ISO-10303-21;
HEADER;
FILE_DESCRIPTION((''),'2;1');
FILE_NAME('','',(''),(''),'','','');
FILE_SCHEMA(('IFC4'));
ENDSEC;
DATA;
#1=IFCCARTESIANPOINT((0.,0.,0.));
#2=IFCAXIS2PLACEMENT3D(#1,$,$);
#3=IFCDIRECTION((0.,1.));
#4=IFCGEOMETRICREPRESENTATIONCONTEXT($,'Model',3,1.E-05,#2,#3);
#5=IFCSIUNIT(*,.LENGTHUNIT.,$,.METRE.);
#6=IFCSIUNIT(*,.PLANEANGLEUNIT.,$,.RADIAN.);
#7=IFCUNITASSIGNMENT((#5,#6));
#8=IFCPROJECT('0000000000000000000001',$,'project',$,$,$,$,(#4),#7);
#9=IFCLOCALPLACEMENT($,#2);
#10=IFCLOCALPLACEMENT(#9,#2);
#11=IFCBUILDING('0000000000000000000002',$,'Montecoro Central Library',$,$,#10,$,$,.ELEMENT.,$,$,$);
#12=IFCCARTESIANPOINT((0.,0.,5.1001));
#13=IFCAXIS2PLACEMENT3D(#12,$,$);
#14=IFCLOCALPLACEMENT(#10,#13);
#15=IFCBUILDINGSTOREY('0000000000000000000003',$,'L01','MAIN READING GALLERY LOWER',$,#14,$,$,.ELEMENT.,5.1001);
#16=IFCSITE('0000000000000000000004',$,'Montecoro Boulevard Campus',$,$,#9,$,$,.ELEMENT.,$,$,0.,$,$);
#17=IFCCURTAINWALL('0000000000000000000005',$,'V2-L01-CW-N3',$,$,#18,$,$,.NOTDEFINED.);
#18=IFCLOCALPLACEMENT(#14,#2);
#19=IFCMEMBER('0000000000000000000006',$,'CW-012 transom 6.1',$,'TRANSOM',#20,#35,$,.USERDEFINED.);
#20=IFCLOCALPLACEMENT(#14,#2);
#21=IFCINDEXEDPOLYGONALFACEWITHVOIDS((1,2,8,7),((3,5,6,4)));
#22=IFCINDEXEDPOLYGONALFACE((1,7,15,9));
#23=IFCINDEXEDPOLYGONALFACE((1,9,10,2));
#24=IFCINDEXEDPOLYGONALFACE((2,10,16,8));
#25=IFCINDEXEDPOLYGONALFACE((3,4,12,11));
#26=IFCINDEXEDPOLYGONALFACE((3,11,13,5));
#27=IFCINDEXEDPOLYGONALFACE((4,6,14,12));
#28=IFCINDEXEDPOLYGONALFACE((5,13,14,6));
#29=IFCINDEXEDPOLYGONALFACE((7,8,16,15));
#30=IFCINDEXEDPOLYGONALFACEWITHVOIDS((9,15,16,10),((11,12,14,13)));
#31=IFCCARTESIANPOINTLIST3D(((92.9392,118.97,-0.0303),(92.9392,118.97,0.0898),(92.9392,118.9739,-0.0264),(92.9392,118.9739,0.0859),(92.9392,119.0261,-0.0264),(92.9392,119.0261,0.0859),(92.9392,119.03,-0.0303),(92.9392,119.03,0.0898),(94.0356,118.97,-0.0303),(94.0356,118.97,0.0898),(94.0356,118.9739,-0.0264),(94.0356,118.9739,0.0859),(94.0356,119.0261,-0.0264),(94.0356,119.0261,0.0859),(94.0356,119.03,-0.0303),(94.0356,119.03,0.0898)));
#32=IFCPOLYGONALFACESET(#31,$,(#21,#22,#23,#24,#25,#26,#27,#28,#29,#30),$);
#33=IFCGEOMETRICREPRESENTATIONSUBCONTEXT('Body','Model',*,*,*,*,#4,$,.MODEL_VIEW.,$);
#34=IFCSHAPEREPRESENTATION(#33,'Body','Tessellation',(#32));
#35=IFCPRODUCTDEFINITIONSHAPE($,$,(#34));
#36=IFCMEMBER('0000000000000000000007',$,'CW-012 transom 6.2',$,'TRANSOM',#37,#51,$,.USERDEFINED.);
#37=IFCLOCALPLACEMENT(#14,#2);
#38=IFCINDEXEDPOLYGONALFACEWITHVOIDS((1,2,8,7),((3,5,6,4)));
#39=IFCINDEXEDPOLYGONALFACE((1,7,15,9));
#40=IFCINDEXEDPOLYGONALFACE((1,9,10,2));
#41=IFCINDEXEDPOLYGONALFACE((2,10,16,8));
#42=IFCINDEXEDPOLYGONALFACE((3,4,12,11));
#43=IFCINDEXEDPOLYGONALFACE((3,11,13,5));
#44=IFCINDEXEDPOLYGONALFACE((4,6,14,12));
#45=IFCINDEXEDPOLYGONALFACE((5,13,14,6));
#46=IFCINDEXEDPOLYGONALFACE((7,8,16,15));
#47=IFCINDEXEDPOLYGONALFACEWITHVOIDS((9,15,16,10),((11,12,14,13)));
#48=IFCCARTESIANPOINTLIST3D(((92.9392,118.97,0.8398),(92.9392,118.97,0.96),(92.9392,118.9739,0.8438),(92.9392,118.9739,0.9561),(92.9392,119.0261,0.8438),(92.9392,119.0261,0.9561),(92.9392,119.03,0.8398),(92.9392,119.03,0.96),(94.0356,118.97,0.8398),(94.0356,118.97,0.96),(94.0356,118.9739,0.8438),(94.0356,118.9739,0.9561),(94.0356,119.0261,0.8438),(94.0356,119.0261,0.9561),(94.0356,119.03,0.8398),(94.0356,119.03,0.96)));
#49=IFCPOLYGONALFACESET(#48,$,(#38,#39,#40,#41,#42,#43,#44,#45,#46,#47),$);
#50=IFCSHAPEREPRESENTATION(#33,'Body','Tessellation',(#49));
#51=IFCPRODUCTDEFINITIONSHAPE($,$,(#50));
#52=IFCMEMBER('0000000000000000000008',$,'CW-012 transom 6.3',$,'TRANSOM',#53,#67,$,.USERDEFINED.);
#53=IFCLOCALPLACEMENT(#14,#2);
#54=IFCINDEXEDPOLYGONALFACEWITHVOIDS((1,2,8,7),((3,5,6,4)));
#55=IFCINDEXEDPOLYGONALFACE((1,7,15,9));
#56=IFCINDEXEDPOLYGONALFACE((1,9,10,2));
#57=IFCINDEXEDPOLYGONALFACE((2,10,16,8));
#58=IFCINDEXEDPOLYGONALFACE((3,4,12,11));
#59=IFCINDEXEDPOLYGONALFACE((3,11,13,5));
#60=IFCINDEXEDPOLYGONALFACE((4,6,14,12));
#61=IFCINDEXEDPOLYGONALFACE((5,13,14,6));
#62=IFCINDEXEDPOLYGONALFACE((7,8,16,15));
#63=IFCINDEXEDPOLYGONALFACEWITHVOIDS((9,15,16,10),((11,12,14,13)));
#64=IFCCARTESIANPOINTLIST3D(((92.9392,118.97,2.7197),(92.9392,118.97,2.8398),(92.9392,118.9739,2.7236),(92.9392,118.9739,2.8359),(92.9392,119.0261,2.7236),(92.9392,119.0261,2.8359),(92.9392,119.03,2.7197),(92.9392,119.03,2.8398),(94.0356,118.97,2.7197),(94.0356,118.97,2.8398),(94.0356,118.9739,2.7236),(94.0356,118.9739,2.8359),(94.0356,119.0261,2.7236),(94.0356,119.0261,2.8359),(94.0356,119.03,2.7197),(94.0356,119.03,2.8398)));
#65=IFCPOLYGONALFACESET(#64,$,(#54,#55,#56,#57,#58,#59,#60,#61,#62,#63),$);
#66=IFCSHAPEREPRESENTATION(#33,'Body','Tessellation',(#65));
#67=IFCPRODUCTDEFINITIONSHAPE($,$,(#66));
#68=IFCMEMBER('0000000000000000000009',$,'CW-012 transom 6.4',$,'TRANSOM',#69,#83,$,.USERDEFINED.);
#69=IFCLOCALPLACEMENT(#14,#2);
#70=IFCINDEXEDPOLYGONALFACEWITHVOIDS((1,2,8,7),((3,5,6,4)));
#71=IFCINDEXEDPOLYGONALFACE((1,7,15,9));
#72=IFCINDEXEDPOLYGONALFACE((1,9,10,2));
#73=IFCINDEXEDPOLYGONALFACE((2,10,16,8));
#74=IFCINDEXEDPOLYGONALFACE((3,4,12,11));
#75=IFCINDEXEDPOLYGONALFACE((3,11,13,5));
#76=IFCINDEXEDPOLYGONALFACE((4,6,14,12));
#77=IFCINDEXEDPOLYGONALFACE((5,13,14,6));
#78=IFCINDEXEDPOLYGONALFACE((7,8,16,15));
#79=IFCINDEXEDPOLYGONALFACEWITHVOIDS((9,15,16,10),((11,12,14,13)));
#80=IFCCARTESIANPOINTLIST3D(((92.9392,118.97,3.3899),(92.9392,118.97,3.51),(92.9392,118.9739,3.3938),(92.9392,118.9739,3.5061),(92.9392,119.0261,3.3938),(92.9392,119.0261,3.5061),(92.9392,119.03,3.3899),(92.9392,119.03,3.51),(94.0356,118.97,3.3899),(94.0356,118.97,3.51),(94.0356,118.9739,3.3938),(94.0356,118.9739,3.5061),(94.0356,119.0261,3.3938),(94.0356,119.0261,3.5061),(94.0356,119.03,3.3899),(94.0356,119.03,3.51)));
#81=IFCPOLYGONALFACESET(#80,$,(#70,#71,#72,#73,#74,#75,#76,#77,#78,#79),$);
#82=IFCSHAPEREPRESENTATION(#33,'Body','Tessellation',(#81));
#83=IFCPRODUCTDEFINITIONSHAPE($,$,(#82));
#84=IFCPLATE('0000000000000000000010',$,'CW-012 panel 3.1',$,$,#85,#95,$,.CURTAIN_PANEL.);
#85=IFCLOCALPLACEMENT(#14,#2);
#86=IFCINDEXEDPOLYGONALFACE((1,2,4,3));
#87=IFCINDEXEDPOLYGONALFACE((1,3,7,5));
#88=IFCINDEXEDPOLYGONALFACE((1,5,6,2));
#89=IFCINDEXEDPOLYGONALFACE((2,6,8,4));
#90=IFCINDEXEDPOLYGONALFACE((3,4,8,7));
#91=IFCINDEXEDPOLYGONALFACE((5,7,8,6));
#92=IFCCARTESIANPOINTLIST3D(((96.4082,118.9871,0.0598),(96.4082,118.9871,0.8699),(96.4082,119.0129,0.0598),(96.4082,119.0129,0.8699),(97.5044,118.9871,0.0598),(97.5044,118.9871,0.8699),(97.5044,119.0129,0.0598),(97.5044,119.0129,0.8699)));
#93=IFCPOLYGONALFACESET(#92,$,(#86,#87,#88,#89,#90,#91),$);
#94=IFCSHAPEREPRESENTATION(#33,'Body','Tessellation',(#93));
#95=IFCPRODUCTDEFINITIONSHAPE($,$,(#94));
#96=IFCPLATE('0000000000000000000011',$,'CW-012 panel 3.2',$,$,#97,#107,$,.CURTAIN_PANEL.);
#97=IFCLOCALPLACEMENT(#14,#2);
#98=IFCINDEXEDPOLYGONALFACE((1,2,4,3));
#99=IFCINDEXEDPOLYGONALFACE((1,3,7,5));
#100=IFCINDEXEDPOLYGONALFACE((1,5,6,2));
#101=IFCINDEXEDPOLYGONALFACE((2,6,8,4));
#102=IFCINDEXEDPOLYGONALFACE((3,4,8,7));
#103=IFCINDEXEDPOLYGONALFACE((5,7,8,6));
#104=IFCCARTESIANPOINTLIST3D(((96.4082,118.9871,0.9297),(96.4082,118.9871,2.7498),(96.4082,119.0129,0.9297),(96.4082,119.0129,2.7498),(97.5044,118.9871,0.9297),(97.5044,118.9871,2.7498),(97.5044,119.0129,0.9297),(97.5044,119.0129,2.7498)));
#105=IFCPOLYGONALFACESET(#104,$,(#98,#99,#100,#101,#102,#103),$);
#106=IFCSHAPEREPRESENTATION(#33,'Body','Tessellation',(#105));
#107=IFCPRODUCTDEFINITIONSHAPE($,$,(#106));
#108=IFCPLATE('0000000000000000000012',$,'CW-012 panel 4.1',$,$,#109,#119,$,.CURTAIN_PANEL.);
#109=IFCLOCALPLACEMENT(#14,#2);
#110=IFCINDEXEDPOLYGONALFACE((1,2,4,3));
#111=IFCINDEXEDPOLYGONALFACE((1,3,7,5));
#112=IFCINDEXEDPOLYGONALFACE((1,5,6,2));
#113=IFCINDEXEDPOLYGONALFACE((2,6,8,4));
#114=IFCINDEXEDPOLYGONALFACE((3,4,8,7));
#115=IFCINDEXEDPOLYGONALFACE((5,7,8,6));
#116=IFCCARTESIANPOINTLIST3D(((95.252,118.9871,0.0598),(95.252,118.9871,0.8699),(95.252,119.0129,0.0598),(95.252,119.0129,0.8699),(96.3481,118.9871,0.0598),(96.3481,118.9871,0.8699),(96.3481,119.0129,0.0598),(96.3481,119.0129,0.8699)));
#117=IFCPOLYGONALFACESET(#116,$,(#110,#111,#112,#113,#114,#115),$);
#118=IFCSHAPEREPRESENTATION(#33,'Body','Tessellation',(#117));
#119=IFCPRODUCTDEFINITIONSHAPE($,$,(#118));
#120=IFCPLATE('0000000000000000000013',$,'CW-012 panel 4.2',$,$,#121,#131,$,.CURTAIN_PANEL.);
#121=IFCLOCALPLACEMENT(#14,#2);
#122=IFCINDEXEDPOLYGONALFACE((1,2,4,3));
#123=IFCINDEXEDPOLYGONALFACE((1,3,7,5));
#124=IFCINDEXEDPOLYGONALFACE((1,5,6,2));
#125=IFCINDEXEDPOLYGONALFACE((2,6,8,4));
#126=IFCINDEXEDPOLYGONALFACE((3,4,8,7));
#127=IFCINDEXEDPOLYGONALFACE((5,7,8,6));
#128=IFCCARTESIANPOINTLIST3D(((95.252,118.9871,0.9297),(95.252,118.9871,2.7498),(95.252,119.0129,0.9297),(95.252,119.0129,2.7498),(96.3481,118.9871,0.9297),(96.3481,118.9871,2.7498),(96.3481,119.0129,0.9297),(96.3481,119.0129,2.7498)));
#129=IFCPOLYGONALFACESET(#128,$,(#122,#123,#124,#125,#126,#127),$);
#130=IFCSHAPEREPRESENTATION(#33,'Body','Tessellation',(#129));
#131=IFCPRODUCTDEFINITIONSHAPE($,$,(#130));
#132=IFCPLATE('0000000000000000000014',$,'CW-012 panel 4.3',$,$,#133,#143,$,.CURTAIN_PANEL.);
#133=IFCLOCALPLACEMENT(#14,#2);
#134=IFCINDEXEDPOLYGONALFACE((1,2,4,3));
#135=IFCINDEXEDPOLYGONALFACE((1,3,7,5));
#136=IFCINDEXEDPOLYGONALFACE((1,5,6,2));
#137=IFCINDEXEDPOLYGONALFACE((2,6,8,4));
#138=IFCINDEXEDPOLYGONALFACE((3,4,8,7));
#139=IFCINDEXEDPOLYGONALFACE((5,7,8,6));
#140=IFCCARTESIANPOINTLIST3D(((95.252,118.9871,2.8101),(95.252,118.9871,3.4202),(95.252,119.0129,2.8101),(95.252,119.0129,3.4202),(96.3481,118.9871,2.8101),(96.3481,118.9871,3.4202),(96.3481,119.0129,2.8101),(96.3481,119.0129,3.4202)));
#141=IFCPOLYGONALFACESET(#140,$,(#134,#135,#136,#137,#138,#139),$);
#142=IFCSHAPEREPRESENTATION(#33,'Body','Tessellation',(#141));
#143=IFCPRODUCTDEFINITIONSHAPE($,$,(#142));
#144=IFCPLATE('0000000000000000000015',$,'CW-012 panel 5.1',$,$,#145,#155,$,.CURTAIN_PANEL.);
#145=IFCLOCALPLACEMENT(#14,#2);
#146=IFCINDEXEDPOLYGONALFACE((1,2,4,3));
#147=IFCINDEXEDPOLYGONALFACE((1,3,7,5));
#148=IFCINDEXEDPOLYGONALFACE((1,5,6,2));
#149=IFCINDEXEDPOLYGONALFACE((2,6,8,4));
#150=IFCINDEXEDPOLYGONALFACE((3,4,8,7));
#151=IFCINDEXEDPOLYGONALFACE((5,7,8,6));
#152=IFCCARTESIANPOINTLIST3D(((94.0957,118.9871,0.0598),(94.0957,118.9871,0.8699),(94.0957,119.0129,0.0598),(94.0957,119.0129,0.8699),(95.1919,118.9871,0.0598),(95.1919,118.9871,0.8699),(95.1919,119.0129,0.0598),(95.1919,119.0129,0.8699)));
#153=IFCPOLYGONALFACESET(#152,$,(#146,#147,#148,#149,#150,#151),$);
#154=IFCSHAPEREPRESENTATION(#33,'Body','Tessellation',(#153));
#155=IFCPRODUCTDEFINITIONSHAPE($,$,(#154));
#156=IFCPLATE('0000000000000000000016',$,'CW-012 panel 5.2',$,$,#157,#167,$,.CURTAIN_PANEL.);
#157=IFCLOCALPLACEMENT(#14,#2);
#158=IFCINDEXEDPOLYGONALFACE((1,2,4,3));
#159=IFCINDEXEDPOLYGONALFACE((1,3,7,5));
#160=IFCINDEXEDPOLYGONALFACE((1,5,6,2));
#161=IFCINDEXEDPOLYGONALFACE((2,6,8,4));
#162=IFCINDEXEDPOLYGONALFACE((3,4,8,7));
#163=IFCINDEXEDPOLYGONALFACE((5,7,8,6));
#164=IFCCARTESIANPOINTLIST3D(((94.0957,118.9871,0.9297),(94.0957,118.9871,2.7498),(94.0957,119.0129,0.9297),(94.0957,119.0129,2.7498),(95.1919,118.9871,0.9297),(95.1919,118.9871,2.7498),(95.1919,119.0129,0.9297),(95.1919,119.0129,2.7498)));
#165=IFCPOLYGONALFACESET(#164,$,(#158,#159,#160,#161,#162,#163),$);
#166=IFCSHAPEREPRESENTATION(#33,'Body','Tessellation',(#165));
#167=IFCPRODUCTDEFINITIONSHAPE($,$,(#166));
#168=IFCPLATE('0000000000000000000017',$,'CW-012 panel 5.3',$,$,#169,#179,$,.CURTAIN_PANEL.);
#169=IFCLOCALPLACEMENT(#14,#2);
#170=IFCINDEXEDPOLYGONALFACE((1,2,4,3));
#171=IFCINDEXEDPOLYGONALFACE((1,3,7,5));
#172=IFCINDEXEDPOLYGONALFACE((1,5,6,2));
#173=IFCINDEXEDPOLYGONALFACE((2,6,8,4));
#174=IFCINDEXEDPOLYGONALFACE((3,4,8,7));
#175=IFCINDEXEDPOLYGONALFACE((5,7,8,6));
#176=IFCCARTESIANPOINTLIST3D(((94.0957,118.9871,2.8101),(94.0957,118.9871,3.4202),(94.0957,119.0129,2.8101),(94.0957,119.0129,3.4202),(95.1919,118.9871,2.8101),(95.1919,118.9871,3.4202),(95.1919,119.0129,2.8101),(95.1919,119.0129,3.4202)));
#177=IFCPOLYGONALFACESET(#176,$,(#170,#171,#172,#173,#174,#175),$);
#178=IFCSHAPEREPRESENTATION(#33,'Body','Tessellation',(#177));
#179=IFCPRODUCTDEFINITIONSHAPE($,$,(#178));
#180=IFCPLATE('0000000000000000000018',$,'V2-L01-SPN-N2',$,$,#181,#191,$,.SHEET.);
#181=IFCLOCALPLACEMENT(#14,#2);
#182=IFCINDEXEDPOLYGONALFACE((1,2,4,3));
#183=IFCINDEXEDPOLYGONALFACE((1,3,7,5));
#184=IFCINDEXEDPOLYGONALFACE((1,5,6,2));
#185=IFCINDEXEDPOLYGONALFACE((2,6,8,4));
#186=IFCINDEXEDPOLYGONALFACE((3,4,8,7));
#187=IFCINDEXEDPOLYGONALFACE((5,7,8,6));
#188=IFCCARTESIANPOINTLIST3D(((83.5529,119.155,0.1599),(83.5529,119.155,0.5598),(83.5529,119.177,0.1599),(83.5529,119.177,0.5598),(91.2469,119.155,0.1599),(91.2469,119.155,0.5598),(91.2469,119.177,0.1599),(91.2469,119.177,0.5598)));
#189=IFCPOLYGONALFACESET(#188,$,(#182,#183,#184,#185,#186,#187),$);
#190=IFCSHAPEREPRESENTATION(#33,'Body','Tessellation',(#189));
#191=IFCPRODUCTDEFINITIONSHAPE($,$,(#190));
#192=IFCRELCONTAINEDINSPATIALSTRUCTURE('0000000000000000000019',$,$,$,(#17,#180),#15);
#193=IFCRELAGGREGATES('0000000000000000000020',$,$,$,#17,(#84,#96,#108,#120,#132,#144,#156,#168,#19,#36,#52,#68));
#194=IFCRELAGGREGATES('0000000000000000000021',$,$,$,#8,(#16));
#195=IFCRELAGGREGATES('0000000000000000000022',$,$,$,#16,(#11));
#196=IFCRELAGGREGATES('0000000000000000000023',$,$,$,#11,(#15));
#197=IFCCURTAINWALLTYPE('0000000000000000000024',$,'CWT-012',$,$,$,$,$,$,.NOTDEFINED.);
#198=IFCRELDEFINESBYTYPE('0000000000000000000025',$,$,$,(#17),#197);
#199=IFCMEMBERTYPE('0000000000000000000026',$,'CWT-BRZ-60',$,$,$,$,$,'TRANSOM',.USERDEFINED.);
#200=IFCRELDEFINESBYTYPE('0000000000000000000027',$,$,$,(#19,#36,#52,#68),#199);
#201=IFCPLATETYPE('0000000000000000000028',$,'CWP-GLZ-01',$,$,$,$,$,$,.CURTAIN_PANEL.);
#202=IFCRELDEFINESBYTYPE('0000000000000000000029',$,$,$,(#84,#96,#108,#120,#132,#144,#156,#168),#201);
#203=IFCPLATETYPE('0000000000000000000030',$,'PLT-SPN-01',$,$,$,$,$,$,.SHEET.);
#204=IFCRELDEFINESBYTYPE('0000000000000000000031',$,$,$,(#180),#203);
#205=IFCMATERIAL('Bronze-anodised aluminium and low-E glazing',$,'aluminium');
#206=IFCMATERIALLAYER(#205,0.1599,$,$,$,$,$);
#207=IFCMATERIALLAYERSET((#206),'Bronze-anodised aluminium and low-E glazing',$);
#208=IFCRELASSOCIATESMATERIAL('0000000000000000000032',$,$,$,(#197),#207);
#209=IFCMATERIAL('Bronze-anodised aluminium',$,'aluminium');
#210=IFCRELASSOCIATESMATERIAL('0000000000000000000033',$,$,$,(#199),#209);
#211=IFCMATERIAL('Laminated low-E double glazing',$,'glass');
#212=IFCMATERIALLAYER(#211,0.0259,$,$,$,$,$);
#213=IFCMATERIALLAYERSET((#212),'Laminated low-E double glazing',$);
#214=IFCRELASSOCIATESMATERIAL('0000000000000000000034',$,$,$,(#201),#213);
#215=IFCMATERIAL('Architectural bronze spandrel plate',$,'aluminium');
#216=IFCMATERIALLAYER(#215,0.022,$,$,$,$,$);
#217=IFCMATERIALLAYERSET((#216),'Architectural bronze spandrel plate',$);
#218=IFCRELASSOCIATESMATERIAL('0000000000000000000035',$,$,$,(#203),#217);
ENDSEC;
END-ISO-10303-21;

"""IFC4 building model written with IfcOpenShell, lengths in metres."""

from ifc_helpers import new_model, si_unit, direction, frame, origin, origin_2d, place, context, subcontext, project, spatial, rectangle, hollow_rectangle, extrude, material, layer, layer_set, material_profile, profile_set, type_object, element, aggregate, save


model = new_model("IFC4")

# Units and contexts
model_context = context("Model", 3, precision=1e-05, world=origin(), true_north=direction((0.0, 1.0)))
body_context = subcontext(model_context, "Body", "Model", "MODEL_VIEW")
ifc_project = project(units=[si_unit("LENGTHUNIT", "METRE"), si_unit("PLANEANGLEUNIT", "RADIAN")], contexts=[model_context])

# Site, building, storey
site_placement = place(None, origin())
site = spatial("IfcSite", under=ifc_project, at=site_placement, Name="Montecoro Boulevard Campus", CompositionType="ELEMENT", RefElevation=0.0)
building_placement = place(site_placement, origin())
building = spatial("IfcBuilding", under=site, at=building_placement, Name="Montecoro Central Library", CompositionType="ELEMENT")
storey_placement = place(building_placement, frame((0.0, 0.0, 5.1001)))
storey = spatial("IfcBuildingStorey", under=building, at=storey_placement, Name="L01", Description="MAIN READING GALLERY LOWER", CompositionType="ELEMENT", Elevation=5.1001)

# Curtain wall, members, plates
ifc_material_1 = material(Name="Bronze-anodised aluminium and low-E glazing", Category="aluminium")
ifc_layer_1 = layer(ifc_material_1, 0.1599)
ifc_layer_set_1 = layer_set([ifc_layer_1], Name="Bronze-anodised aluminium and low-E glazing")
curtain_wall_type = type_object("IfcCurtainWallType", Name="CWT-012", PredefinedType="NOTDEFINED", material=ifc_layer_set_1)
curtain_wall_placement = place(storey_placement, origin())
curtain_wall = element("IfcCurtainWall", 1, at=curtain_wall_placement, inside=storey, type_object=curtain_wall_type, Name="V2-L01-CW-N3", PredefinedType="NOTDEFINED")
ifc_material_2 = material(Name="Bronze-anodised aluminium", Category="aluminium")
ifc_material_profile_1 = material_profile(ifc_material_2, hollow_rectangle(XDim=0.0601, YDim=0.1201, WallThickness=0.0039, at=origin_2d()), Name="CWT 120x60x4.0")
ifc_profile_set_1 = profile_set([ifc_material_profile_1], Name="Bronze-anodised aluminium")
member_type_1 = type_object("IfcMemberType", Name="CWT-BRZ-60", ElementType="TRANSOM", PredefinedType="USERDEFINED", material=ifc_profile_set_1)
member_1_placement = place(storey_placement, frame((94.0356, 119.0, 0.0298), z_axis=(-1.0, 0.0, 0.0), x_axis=(0.0, -1.0, 0.0)))
member_1 = element("IfcMember", 2, at=member_1_placement, type_object=member_type_1, Name="CW-012 transom 6.1", ObjectType="TRANSOM", PredefinedType="USERDEFINED", context=body_context, shape_type="SweptSolid", body=[
    extrude(hollow_rectangle(XDim=0.0601, YDim=0.1201, WallThickness=0.0039, at=origin_2d()), origin(), (0.0, 0.0, 1.0), 1.0964),
])
member_2_placement = place(storey_placement, frame((94.0356, 119.0, 0.8999), z_axis=(-1.0, 0.0, 0.0), x_axis=(0.0, -1.0, 0.0)))
member_2 = element("IfcMember", 3, at=member_2_placement, type_object=member_type_1, Name="CW-012 transom 6.2", ObjectType="TRANSOM", PredefinedType="USERDEFINED", context=body_context, shape_type="SweptSolid", body=[
    extrude(hollow_rectangle(XDim=0.0601, YDim=0.1201, WallThickness=0.0039, at=origin_2d()), origin(), (0.0, 0.0, 1.0), 1.0964),
])
member_3_placement = place(storey_placement, frame((94.0356, 119.0, 2.7798), z_axis=(-1.0, 0.0, 0.0), x_axis=(0.0, -1.0, 0.0)))
member_3 = element("IfcMember", 4, at=member_3_placement, type_object=member_type_1, Name="CW-012 transom 6.3", ObjectType="TRANSOM", PredefinedType="USERDEFINED", context=body_context, shape_type="SweptSolid", body=[
    extrude(hollow_rectangle(XDim=0.0601, YDim=0.1201, WallThickness=0.0039, at=origin_2d()), origin(), (0.0, 0.0, 1.0), 1.0964),
])
member_4_placement = place(storey_placement, frame((94.0356, 119.0, 3.45), z_axis=(-1.0, 0.0, 0.0), x_axis=(0.0, -1.0, 0.0)))
member_4 = element("IfcMember", 5, at=member_4_placement, type_object=member_type_1, Name="CW-012 transom 6.4", ObjectType="TRANSOM", PredefinedType="USERDEFINED", context=body_context, shape_type="SweptSolid", body=[
    extrude(hollow_rectangle(XDim=0.0601, YDim=0.1201, WallThickness=0.0039, at=origin_2d()), origin(), (0.0, 0.0, 1.0), 1.0964),
])
ifc_material_3 = material(Name="Laminated low-E double glazing", Category="glass")
ifc_layer_2 = layer(ifc_material_3, 0.0259)
ifc_layer_set_2 = layer_set([ifc_layer_2], Name="Laminated low-E double glazing")
plate_type_1 = type_object("IfcPlateType", Name="CWP-GLZ-01", PredefinedType="CURTAIN_PANEL", material=ifc_layer_set_2)
plate_1_placement = place(storey_placement, frame((96.9563, 119.0, 0.0598), z_axis=(0.0, 0.0, 1.0), x_axis=(-1.0, 0.0, 0.0)))
plate_1 = element("IfcPlate", 6, at=plate_1_placement, type_object=plate_type_1, Name="CW-012 panel 3.1", PredefinedType="CURTAIN_PANEL", context=body_context, shape_type="SweptSolid", body=[
    extrude(rectangle(XDim=1.0962, YDim=0.0259, at=origin_2d()), origin(), (0.0, 0.0, 1.0), 0.8101),
])
plate_2_placement = place(storey_placement, frame((96.9563, 119.0, 0.9297), z_axis=(0.0, 0.0, 1.0), x_axis=(-1.0, 0.0, 0.0)))
plate_2 = element("IfcPlate", 7, at=plate_2_placement, type_object=plate_type_1, Name="CW-012 panel 3.2", PredefinedType="CURTAIN_PANEL", context=body_context, shape_type="SweptSolid", body=[
    extrude(rectangle(XDim=1.0962, YDim=0.0259, at=origin_2d()), origin(), (0.0, 0.0, 1.0), 1.8201),
])
plate_3_placement = place(storey_placement, frame((95.8, 119.0, 0.0598), z_axis=(0.0, 0.0, 1.0), x_axis=(-1.0, 0.0, 0.0)))
plate_3 = element("IfcPlate", 8, at=plate_3_placement, type_object=plate_type_1, Name="CW-012 panel 4.1", PredefinedType="CURTAIN_PANEL", context=body_context, shape_type="SweptSolid", body=[
    extrude(rectangle(XDim=1.0962, YDim=0.0259, at=origin_2d()), origin(), (0.0, 0.0, 1.0), 0.8101),
])
plate_4_placement = place(storey_placement, frame((95.8, 119.0, 0.9297), z_axis=(0.0, 0.0, 1.0), x_axis=(-1.0, 0.0, 0.0)))
plate_4 = element("IfcPlate", 9, at=plate_4_placement, type_object=plate_type_1, Name="CW-012 panel 4.2", PredefinedType="CURTAIN_PANEL", context=body_context, shape_type="SweptSolid", body=[
    extrude(rectangle(XDim=1.0962, YDim=0.0259, at=origin_2d()), origin(), (0.0, 0.0, 1.0), 1.8201),
])
plate_5_placement = place(storey_placement, frame((95.8, 119.0, 2.8101), z_axis=(0.0, 0.0, 1.0), x_axis=(-1.0, 0.0, 0.0)))
plate_5 = element("IfcPlate", 10, at=plate_5_placement, type_object=plate_type_1, Name="CW-012 panel 4.3", PredefinedType="CURTAIN_PANEL", context=body_context, shape_type="SweptSolid", body=[
    extrude(rectangle(XDim=1.0962, YDim=0.0259, at=origin_2d()), origin(), (0.0, 0.0, 1.0), 0.6101),
])
plate_6_placement = place(storey_placement, frame((94.6438, 119.0, 0.0598), z_axis=(0.0, 0.0, 1.0), x_axis=(-1.0, 0.0, 0.0)))
plate_6 = element("IfcPlate", 11, at=plate_6_placement, type_object=plate_type_1, Name="CW-012 panel 5.1", PredefinedType="CURTAIN_PANEL", context=body_context, shape_type="SweptSolid", body=[
    extrude(rectangle(XDim=1.0962, YDim=0.0259, at=origin_2d()), origin(), (0.0, 0.0, 1.0), 0.8101),
])
plate_7_placement = place(storey_placement, frame((94.6438, 119.0, 0.9297), z_axis=(0.0, 0.0, 1.0), x_axis=(-1.0, 0.0, 0.0)))
plate_7 = element("IfcPlate", 12, at=plate_7_placement, type_object=plate_type_1, Name="CW-012 panel 5.2", PredefinedType="CURTAIN_PANEL", context=body_context, shape_type="SweptSolid", body=[
    extrude(rectangle(XDim=1.0962, YDim=0.0259, at=origin_2d()), origin(), (0.0, 0.0, 1.0), 1.8201),
])
plate_8_placement = place(storey_placement, frame((94.6438, 119.0, 2.8101), z_axis=(0.0, 0.0, 1.0), x_axis=(-1.0, 0.0, 0.0)))
plate_8 = element("IfcPlate", 13, at=plate_8_placement, type_object=plate_type_1, Name="CW-012 panel 5.3", PredefinedType="CURTAIN_PANEL", context=body_context, shape_type="SweptSolid", body=[
    extrude(rectangle(XDim=1.0962, YDim=0.0259, at=origin_2d()), origin(), (0.0, 0.0, 1.0), 0.6101),
])
aggregate(curtain_wall, [plate_1, plate_2, plate_3, plate_4, plate_5, plate_6, plate_7, plate_8, member_1, member_2, member_3, member_4])

# Plate
ifc_material_4 = material(Name="Architectural bronze spandrel plate", Category="aluminium")
ifc_layer_3 = layer(ifc_material_4, 0.022)
ifc_layer_set_3 = layer_set([ifc_layer_3], Name="Architectural bronze spandrel plate")
plate_type_2 = type_object("IfcPlateType", Name="PLT-SPN-01", PredefinedType="SHEET", material=ifc_layer_set_3)
plate_9_placement = place(storey_placement, frame((87.3999, 119.166, 0.1599), z_axis=(0.0, 0.0, 1.0), x_axis=(-1.0, 0.0, 0.0)))
element("IfcPlate", 14, at=plate_9_placement, inside=storey, type_object=plate_type_2, Name="V2-L01-SPN-N2", PredefinedType="SHEET", context=body_context, shape_type="SweptSolid", body=[
    extrude(rectangle(XDim=7.6941, YDim=0.022, at=origin_2d()), origin(), (0.0, 0.0, 1.0), 0.3999),
])

save(model, "model.ifc")
